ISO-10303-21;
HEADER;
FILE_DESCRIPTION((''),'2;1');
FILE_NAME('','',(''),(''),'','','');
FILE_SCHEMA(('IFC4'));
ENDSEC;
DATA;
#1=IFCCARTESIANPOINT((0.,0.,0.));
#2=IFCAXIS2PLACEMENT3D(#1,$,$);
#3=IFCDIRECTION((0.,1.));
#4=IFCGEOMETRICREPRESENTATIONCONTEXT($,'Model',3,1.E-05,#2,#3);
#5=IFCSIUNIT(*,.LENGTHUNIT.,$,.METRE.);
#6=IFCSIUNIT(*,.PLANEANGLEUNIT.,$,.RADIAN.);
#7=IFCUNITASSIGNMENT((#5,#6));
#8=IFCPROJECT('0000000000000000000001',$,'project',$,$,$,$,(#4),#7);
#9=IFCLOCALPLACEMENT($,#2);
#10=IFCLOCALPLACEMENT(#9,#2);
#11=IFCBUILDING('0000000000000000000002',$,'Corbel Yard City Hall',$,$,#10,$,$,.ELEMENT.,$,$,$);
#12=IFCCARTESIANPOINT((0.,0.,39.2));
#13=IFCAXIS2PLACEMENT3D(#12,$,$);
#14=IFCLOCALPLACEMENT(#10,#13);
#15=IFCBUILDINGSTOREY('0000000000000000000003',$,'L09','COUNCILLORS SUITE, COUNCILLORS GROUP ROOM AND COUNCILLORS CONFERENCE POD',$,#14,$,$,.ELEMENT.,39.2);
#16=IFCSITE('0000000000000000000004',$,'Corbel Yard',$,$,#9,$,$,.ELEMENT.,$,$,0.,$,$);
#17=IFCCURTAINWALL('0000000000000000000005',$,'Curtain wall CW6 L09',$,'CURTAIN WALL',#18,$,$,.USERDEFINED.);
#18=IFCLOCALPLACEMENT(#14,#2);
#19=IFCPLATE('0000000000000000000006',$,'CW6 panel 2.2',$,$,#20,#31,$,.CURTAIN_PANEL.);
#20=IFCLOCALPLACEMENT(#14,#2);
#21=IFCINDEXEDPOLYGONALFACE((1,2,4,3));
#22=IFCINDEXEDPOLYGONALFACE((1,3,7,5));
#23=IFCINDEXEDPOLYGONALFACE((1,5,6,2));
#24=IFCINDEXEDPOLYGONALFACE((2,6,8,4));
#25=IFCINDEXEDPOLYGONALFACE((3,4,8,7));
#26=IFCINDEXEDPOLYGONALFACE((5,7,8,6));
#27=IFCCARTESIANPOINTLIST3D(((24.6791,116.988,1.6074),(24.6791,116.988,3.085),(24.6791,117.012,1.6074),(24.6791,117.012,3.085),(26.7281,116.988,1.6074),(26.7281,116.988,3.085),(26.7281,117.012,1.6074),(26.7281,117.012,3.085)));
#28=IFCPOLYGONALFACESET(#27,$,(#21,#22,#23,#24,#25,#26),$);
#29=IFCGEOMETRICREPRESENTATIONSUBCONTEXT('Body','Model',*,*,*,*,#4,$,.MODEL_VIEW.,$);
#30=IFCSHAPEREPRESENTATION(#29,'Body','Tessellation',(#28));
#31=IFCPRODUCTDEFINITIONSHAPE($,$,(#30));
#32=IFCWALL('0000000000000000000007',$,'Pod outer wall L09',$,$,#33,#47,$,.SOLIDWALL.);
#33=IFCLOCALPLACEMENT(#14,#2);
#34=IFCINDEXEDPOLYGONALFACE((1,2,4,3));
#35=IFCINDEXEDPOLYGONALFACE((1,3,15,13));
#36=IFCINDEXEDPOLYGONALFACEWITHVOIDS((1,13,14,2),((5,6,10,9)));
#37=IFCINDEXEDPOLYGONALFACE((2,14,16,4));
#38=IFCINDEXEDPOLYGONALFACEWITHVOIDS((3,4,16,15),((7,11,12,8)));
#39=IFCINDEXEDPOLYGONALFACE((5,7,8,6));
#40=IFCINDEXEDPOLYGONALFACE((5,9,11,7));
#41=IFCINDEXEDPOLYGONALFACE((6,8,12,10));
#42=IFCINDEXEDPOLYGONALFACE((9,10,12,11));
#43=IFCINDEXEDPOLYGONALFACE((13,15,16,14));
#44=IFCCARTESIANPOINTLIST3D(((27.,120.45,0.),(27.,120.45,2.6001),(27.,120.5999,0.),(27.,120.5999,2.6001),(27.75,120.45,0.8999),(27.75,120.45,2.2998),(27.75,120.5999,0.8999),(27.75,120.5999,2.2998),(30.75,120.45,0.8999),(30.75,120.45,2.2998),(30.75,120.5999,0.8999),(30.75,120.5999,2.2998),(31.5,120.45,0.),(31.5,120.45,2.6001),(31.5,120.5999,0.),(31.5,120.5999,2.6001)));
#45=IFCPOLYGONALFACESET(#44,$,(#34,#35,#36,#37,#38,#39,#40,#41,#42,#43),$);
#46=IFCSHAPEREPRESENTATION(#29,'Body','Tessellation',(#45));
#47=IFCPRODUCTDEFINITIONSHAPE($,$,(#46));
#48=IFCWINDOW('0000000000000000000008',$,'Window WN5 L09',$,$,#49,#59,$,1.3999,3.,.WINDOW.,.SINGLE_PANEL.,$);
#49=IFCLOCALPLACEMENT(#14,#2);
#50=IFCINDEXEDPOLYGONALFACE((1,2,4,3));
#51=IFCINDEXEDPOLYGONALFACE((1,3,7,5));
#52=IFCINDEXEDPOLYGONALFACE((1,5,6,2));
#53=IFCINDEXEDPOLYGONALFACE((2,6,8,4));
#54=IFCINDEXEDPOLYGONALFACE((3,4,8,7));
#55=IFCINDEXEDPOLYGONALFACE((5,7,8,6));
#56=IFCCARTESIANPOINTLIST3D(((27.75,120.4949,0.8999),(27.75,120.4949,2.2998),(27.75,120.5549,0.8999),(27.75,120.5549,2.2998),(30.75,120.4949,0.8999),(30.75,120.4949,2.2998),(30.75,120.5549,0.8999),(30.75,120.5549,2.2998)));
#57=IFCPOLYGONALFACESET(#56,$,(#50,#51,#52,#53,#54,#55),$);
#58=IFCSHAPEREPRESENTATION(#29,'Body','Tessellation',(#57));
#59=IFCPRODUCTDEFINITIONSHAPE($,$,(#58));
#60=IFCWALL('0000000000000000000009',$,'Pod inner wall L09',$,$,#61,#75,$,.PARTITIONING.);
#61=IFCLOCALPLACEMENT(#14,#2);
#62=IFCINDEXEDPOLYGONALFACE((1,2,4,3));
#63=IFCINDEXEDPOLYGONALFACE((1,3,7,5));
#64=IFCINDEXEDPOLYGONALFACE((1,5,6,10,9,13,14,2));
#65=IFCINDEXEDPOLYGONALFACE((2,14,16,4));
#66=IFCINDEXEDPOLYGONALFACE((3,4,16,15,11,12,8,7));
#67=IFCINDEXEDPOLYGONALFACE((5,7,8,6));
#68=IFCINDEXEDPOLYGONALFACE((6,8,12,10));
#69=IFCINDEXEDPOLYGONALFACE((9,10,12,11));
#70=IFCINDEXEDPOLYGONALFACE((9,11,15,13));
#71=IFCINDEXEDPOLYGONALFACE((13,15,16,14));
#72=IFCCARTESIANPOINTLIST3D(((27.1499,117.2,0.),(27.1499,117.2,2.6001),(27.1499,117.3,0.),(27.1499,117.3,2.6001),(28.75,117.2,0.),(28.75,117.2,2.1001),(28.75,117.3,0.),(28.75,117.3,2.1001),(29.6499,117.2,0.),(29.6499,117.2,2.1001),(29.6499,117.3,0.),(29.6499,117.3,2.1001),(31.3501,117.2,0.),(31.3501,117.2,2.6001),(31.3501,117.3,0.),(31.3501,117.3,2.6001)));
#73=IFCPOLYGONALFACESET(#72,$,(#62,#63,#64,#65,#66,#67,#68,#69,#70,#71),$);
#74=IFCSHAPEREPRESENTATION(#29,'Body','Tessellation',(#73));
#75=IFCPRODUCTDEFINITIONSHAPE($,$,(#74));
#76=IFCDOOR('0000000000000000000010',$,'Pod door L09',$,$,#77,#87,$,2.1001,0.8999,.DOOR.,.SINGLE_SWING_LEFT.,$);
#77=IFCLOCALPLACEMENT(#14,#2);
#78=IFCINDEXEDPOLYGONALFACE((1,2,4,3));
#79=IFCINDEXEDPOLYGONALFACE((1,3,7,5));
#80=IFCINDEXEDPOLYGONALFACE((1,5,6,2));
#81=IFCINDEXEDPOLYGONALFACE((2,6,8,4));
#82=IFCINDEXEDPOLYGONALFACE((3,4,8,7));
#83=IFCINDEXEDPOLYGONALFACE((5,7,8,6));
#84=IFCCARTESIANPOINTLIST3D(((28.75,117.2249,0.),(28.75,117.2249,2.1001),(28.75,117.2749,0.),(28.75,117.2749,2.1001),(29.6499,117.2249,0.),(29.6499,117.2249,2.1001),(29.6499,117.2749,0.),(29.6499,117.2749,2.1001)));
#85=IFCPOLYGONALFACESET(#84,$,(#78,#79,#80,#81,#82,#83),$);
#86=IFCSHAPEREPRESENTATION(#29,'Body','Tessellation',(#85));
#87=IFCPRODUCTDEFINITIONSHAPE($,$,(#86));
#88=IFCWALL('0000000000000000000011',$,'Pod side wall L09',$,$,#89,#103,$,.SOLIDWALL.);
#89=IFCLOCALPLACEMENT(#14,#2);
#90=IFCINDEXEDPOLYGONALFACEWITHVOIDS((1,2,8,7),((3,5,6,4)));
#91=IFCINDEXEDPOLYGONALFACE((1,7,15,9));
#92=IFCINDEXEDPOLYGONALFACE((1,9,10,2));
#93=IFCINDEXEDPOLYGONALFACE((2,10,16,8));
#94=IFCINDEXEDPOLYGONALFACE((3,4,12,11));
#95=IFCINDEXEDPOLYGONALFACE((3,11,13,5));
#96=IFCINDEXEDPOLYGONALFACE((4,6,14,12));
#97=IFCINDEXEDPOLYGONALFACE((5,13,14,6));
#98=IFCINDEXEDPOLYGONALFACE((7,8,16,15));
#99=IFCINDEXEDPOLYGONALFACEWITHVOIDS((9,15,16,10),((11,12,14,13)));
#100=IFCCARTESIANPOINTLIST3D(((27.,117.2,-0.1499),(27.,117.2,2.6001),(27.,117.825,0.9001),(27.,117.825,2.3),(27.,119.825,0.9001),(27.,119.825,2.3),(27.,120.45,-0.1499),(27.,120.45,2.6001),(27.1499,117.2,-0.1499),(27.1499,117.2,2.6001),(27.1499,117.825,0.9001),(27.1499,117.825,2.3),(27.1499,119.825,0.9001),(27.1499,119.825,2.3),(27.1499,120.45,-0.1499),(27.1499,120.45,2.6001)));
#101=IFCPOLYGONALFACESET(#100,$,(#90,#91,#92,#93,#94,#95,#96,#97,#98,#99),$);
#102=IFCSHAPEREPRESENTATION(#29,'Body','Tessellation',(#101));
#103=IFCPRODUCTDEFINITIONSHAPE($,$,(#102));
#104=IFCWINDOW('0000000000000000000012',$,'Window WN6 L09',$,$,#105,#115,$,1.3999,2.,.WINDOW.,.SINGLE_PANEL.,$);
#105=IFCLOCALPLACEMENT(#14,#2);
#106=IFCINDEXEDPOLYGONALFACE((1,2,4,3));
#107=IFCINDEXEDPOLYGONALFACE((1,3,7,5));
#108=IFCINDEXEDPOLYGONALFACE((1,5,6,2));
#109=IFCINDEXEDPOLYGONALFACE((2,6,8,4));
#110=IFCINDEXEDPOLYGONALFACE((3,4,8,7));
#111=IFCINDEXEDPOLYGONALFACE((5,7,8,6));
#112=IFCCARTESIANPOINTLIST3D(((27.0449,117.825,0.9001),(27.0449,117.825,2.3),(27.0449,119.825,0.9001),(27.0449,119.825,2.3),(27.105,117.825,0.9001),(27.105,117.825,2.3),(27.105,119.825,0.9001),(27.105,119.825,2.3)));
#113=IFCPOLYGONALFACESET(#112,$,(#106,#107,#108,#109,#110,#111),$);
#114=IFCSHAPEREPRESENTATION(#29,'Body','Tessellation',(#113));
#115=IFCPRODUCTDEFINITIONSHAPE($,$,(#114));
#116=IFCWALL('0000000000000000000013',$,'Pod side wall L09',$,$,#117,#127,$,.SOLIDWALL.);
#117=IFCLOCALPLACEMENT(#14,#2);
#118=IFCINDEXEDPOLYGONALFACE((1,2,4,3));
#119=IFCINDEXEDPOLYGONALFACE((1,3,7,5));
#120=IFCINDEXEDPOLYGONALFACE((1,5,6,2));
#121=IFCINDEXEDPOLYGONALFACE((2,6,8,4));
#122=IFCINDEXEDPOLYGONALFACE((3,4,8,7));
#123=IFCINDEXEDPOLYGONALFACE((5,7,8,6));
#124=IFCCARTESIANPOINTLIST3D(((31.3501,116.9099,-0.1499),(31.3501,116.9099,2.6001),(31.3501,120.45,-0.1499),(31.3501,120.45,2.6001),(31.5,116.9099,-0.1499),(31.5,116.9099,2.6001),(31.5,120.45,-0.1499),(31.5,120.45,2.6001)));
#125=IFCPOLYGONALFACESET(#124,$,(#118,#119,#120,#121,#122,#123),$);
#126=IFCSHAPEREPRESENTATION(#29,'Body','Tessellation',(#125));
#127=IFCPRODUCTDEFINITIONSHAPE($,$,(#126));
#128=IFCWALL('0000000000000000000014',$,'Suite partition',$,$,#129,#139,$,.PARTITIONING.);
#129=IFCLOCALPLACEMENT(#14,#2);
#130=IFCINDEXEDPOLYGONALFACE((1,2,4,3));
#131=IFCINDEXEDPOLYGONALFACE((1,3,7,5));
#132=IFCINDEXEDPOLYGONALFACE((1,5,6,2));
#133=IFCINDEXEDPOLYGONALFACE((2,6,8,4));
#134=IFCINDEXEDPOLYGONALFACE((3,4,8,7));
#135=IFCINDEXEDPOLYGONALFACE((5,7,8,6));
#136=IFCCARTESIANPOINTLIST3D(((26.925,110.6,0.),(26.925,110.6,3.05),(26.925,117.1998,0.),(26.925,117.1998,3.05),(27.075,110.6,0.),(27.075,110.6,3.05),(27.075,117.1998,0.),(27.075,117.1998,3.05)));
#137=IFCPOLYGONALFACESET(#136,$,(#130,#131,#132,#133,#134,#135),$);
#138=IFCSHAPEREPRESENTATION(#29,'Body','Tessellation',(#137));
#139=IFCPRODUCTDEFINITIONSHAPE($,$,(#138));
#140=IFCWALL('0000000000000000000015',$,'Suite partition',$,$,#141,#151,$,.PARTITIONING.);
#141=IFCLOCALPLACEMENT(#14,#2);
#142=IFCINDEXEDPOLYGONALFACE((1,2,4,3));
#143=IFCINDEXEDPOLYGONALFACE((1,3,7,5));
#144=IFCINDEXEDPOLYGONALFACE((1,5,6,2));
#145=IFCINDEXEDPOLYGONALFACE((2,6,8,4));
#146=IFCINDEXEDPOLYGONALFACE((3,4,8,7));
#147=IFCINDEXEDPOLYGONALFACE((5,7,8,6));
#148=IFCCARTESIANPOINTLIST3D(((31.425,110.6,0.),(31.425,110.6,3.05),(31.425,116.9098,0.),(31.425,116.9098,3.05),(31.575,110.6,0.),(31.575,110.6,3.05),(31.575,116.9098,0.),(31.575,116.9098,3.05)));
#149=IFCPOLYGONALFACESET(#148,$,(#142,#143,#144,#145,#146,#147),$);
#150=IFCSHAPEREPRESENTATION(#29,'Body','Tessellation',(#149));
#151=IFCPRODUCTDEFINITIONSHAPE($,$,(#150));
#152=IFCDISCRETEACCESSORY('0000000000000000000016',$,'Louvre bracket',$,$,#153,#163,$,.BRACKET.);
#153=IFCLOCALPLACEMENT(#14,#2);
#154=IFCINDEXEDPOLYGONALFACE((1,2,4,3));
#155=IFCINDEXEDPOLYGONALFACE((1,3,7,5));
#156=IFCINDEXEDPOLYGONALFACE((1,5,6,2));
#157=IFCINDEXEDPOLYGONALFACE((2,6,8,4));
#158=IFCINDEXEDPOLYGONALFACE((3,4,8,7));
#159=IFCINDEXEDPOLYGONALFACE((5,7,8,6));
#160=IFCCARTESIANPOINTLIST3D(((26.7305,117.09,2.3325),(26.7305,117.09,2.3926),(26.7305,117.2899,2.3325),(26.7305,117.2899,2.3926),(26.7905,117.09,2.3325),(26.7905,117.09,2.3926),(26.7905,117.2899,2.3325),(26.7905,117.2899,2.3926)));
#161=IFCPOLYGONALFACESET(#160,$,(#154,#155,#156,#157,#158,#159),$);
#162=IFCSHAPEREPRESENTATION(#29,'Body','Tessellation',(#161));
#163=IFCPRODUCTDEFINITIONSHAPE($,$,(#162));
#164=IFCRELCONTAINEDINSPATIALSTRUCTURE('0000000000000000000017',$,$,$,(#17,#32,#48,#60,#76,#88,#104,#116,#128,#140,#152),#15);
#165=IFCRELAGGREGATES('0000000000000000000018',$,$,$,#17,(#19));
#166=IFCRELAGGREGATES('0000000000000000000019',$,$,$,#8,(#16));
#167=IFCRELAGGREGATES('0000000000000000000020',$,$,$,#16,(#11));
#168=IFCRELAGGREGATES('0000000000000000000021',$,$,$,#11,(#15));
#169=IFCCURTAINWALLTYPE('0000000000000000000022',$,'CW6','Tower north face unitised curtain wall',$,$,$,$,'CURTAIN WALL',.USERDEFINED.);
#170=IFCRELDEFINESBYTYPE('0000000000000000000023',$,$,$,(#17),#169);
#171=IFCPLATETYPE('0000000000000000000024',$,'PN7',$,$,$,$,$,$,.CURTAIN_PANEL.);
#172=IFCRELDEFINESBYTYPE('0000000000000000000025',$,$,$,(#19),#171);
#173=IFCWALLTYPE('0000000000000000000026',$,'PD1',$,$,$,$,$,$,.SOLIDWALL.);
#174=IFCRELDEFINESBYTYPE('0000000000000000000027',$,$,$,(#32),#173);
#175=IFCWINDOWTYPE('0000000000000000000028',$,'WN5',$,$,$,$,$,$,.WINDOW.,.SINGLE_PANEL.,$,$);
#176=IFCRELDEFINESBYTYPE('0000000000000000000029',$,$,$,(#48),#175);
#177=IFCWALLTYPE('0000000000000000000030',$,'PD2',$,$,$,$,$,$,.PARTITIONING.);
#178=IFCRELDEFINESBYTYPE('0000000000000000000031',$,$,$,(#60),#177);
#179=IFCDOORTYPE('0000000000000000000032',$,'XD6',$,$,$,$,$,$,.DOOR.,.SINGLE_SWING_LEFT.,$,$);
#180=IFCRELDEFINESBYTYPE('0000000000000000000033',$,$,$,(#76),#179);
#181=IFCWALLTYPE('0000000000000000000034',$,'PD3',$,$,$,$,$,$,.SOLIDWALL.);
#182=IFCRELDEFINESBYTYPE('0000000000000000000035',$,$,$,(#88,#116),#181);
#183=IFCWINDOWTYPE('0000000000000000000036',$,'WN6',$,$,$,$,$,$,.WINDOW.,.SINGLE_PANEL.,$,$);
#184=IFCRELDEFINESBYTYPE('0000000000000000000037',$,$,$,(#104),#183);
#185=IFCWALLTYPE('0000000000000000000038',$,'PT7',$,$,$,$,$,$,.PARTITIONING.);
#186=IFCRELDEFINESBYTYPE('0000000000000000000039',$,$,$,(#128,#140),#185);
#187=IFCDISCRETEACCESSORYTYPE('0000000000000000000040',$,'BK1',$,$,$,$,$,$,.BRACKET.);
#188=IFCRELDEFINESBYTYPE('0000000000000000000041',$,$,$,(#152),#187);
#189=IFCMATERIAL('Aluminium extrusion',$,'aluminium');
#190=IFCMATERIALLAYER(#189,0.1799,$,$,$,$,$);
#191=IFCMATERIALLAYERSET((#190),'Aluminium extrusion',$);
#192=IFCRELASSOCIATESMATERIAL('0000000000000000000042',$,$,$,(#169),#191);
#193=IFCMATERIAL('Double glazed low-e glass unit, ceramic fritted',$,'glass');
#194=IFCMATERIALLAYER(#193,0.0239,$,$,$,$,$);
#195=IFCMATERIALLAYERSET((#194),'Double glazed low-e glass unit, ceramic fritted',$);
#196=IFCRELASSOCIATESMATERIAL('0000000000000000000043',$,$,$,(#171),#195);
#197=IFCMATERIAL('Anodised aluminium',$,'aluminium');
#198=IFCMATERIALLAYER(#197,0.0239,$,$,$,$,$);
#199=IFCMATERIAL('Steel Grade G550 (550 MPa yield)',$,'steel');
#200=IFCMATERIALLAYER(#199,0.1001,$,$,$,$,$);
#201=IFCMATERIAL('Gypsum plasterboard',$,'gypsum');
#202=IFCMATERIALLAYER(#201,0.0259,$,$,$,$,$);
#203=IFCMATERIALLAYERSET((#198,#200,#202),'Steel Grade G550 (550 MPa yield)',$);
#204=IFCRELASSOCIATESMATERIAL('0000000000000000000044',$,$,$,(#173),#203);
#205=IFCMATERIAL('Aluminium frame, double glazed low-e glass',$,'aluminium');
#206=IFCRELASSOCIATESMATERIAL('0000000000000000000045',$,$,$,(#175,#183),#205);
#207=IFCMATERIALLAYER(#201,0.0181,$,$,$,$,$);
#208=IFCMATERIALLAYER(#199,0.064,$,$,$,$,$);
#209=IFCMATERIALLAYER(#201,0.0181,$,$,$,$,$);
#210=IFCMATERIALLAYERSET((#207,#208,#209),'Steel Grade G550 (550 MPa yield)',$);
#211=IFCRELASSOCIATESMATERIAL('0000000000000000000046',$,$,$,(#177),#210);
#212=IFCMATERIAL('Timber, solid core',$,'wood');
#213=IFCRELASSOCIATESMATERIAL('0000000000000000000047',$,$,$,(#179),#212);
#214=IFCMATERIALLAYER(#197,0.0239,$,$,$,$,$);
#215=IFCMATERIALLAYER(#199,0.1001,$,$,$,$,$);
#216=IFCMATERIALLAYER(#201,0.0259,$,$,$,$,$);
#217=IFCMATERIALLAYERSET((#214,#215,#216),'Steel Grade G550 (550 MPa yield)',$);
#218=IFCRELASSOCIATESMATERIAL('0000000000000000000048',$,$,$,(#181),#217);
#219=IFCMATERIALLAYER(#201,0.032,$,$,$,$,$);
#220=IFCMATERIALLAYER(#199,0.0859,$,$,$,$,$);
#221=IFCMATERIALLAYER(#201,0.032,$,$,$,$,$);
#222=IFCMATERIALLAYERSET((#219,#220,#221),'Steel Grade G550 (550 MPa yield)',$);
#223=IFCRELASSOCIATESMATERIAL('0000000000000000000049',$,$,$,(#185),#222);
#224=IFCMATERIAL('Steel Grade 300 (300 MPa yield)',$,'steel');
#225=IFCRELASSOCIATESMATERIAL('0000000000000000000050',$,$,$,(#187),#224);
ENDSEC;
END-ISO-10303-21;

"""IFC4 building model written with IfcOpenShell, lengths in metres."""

from ifc_helpers import new_model, si_unit, direction, frame, frame_2d, origin, origin_2d, place, context, subcontext, project, spatial, rectangle, extrude, material, layer, layer_set, type_object, element, fill, aggregate, save


model = new_model("IFC4")

# Units and contexts
model_context = context("Model", 3, precision=1e-05, world=origin(), true_north=direction((0.0, 1.0)))
body_context = subcontext(model_context, "Body", "Model", "MODEL_VIEW")
ifc_project = project(units=[si_unit("LENGTHUNIT", "METRE"), si_unit("PLANEANGLEUNIT", "RADIAN")], contexts=[model_context])

# Site, building, storey
site_placement = place(None, origin())
site = spatial("IfcSite", under=ifc_project, at=site_placement, Name="Corbel Yard", CompositionType="ELEMENT", RefElevation=0.0)
building_placement = place(site_placement, origin())
building = spatial("IfcBuilding", under=site, at=building_placement, Name="Corbel Yard City Hall", CompositionType="ELEMENT")
storey_placement = place(building_placement, frame((0.0, 0.0, 39.2)))
storey = spatial("IfcBuildingStorey", under=building, at=storey_placement, Name="L09", Description="COUNCILLORS SUITE, COUNCILLORS GROUP ROOM AND COUNCILLORS CONFERENCE POD", CompositionType="ELEMENT", Elevation=39.2)

# Curtain wall
ifc_material_1 = material(Name="Aluminium extrusion", Category="aluminium")
ifc_layer_1 = layer(ifc_material_1, 0.1799)
ifc_layer_set_1 = layer_set([ifc_layer_1], Name="Aluminium extrusion")
curtain_wall_type = type_object("IfcCurtainWallType", Name="CW6", Description="Tower north face unitised curtain wall", ElementType="CURTAIN WALL", PredefinedType="USERDEFINED", material=ifc_layer_set_1)
curtain_wall_1_placement = place(storey_placement, origin())
curtain_wall_1 = element("IfcCurtainWall", 1, at=curtain_wall_1_placement, inside=storey, type_object=curtain_wall_type, Name="Curtain wall CW6 L09", ObjectType="CURTAIN WALL", PredefinedType="USERDEFINED")

# Shared definitions
ifc_material_2 = material(Name="Steel Grade 300 (300 MPa yield)", Category="steel")

# Plate
ifc_material_3 = material(Name="Double glazed low-e glass unit, ceramic fritted", Category="glass")
ifc_layer_2 = layer(ifc_material_3, 0.0239)
ifc_layer_set_2 = layer_set([ifc_layer_2], Name="Double glazed low-e glass unit, ceramic fritted")
plate_type = type_object("IfcPlateType", Name="PN7", PredefinedType="CURTAIN_PANEL", material=ifc_layer_set_2)
plate_1_placement = place(storey_placement, frame((25.7036, 117.0, 1.6074), z_axis=(0.0, 0.0, 1.0), x_axis=(1.0, 0.0, 0.0)))
plate_1 = element("IfcPlate", 2, at=plate_1_placement, type_object=plate_type, Name="CW6 panel 2.2", PredefinedType="CURTAIN_PANEL", context=body_context, shape_type="SweptSolid", body=[
    extrude(rectangle(XDim=2.0491, YDim=0.0239, at=origin_2d()), origin(), (0.0, 0.0, 1.0), 1.4775),
])
aggregate(curtain_wall_1, [plate_1])

# Wall, opening, window
ifc_material_4 = material(Name="Anodised aluminium", Category="aluminium")
ifc_layer_3 = layer(ifc_material_4, 0.0239)
ifc_material_5 = material(Name="Steel Grade G550 (550 MPa yield)", Category="steel")
ifc_layer_4 = layer(ifc_material_5, 0.1001)
ifc_material_6 = material(Name="Gypsum plasterboard", Category="gypsum")
ifc_layer_5 = layer(ifc_material_6, 0.0259)
ifc_layer_set_3 = layer_set([ifc_layer_3, ifc_layer_4, ifc_layer_5], Name="Steel Grade G550 (550 MPa yield)")
wall_type_1 = type_object("IfcWallType", Name="PD1", PredefinedType="SOLIDWALL", material=ifc_layer_set_3)
wall_1_placement = place(storey_placement, frame((27.0, 120.5249, 0.0), z_axis=(0.0, 0.0, 1.0), x_axis=(1.0, 0.0, 0.0)))
wall_1 = element("IfcWall", 3, at=wall_1_placement, inside=storey, type_object=wall_type_1, Name="Pod outer wall L09", PredefinedType="SOLIDWALL", context=body_context, shape_type="SweptSolid", body=[
    extrude(rectangle(XDim=4.5, YDim=0.1499, at=frame_2d((2.25, 0.0))), origin(), (0.0, 0.0, 1.0), 2.6001),
])
opening_1_placement = place(wall_1_placement, frame((0.75, 0.0, 0.8999)))
opening_1 = element("IfcOpeningElement", 4, at=opening_1_placement, cuts=wall_1, PredefinedType="OPENING", context=body_context, shape_type="SweptSolid", body=[
    extrude(rectangle(XDim=3.0, YDim=1.3999, at=frame_2d((1.5, 0.7))), frame((0.0, 0.085, 0.0), z_axis=(0.0, -1.0, 0.0), x_axis=(1.0, 0.0, 0.0)), (0.0, 0.0, 1.0), 0.1699),
])
ifc_material_7 = material(Name="Aluminium frame, double glazed low-e glass", Category="aluminium")
window_type_1 = type_object("IfcWindowType", Name="WN5", PartitioningType="SINGLE_PANEL", PredefinedType="WINDOW", material=ifc_material_7)
window_1_placement = place(opening_1_placement, origin())
window_1 = element("IfcWindow", 5, at=window_1_placement, inside=storey, type_object=window_type_1, Name="Window WN5 L09", OverallHeight=1.3999, OverallWidth=3.0, PartitioningType="SINGLE_PANEL", PredefinedType="WINDOW", context=body_context, shape_type="SweptSolid", body=[
    extrude(rectangle(XDim=3.0, YDim=1.3999, at=frame_2d((1.5, 0.7))), frame((0.0, 0.03, 0.0), z_axis=(0.0, -1.0, 0.0), x_axis=(1.0, 0.0, 0.0)), (0.0, 0.0, 1.0), 0.0601),
])
fill(opening_1, window_1)

# Wall, opening, door
ifc_layer_6 = layer(ifc_material_6, 0.0181)
ifc_layer_7 = layer(ifc_material_5, 0.064)
ifc_layer_8 = layer(ifc_material_6, 0.0181)
ifc_layer_set_4 = layer_set([ifc_layer_6, ifc_layer_7, ifc_layer_8], Name="Steel Grade G550 (550 MPa yield)")
wall_type_2 = type_object("IfcWallType", Name="PD2", PredefinedType="PARTITIONING", material=ifc_layer_set_4)
wall_2_placement = place(storey_placement, frame((27.1499, 117.25, 0.0), z_axis=(0.0, 0.0, 1.0), x_axis=(1.0, 0.0, 0.0)))
wall_2 = element("IfcWall", 6, at=wall_2_placement, inside=storey, type_object=wall_type_2, Name="Pod inner wall L09", PredefinedType="PARTITIONING", context=body_context, shape_type="SweptSolid", body=[
    extrude(rectangle(XDim=4.2002, YDim=0.1001, at=frame_2d((2.1001, 0.0))), origin(), (0.0, 0.0, 1.0), 2.6001),
])
opening_2_placement = place(wall_2_placement, frame((1.6001, 0.0, 0.0)))
opening_2 = element("IfcOpeningElement", 7, at=opening_2_placement, cuts=wall_2, PredefinedType="OPENING", context=body_context, shape_type="SweptSolid", body=[
    extrude(rectangle(XDim=0.8999, YDim=2.1001, at=frame_2d((0.45, 1.05))), frame((0.0, 0.0601, 0.0), z_axis=(0.0, -1.0, 0.0), x_axis=(1.0, 0.0, 0.0)), (0.0, 0.0, 1.0), 0.1201),
])
ifc_material_8 = material(Name="Timber, solid core", Category="wood")
door_type = type_object("IfcDoorType", Name="XD6", OperationType="SINGLE_SWING_LEFT", PredefinedType="DOOR", material=ifc_material_8)
door_placement = place(opening_2_placement, origin())
door = element("IfcDoor", 8, at=door_placement, inside=storey, type_object=door_type, Name="Pod door L09", OperationType="SINGLE_SWING_LEFT", OverallHeight=2.1001, OverallWidth=0.8999, PredefinedType="DOOR", context=body_context, shape_type="SweptSolid", body=[
    extrude(rectangle(XDim=0.8999, YDim=2.1001, at=frame_2d((0.45, 1.05))), frame((0.0, 0.0249, 0.0), z_axis=(0.0, -1.0, 0.0), x_axis=(1.0, 0.0, 0.0)), (0.0, 0.0, 1.0), 0.05),
])
fill(opening_2, door)

# Wall, opening, window
ifc_layer_9 = layer(ifc_material_4, 0.0239)
ifc_layer_10 = layer(ifc_material_5, 0.1001)
ifc_layer_11 = layer(ifc_material_6, 0.0259)
ifc_layer_set_5 = layer_set([ifc_layer_9, ifc_layer_10, ifc_layer_11], Name="Steel Grade G550 (550 MPa yield)")
wall_type_3 = type_object("IfcWallType", Name="PD3", PredefinedType="SOLIDWALL", material=ifc_layer_set_5)
wall_3_placement = place(storey_placement, frame((27.075, 120.45, -0.1499), z_axis=(0.0, 0.0, 1.0), x_axis=(0.0, -1.0, 0.0)))
wall_3 = element("IfcWall", 9, at=wall_3_placement, inside=storey, type_object=wall_type_3, Name="Pod side wall L09", PredefinedType="SOLIDWALL", context=body_context, shape_type="SweptSolid", body=[
    extrude(rectangle(XDim=3.25, YDim=0.1499, at=frame_2d((1.625, 0.0))), origin(), (0.0, 0.0, 1.0), 2.75),
])
opening_3_placement = place(wall_3_placement, frame((0.625, 0.0, 1.05)))
opening_3 = element("IfcOpeningElement", 10, at=opening_3_placement, cuts=wall_3, PredefinedType="OPENING", context=body_context, shape_type="SweptSolid", body=[
    extrude(rectangle(XDim=2.0, YDim=1.3999, at=frame_2d((1.0, 0.7))), frame((0.0, 0.085, 0.0), z_axis=(0.0, -1.0, 0.0), x_axis=(1.0, 0.0, 0.0)), (0.0, 0.0, 1.0), 0.1699),
])
window_type_2 = type_object("IfcWindowType", Name="WN6", PartitioningType="SINGLE_PANEL", PredefinedType="WINDOW", material=ifc_material_7)
window_2_placement = place(opening_3_placement, origin())
window_2 = element("IfcWindow", 11, at=window_2_placement, inside=storey, type_object=window_type_2, Name="Window WN6 L09", OverallHeight=1.3999, OverallWidth=2.0, PartitioningType="SINGLE_PANEL", PredefinedType="WINDOW", context=body_context, shape_type="SweptSolid", body=[
    extrude(rectangle(XDim=2.0, YDim=1.3999, at=frame_2d((1.0, 0.7))), frame((0.0, 0.03, 0.0), z_axis=(0.0, -1.0, 0.0), x_axis=(1.0, 0.0, 0.0)), (0.0, 0.0, 1.0), 0.0601),
])
fill(opening_3, window_2)

# Walls
wall_4_placement = place(storey_placement, frame((31.425, 120.45, -0.1499), z_axis=(0.0, 0.0, 1.0), x_axis=(0.0, -1.0, 0.0)))
element("IfcWall", 12, at=wall_4_placement, inside=storey, type_object=wall_type_3, Name="Pod side wall L09", PredefinedType="SOLIDWALL", context=body_context, shape_type="SweptSolid", body=[
    extrude(rectangle(XDim=3.54, YDim=0.1499, at=frame_2d((1.77, 0.0))), origin(), (0.0, 0.0, 1.0), 2.75),
])
ifc_layer_12 = layer(ifc_material_6, 0.032)
ifc_layer_13 = layer(ifc_material_5, 0.0859)
ifc_layer_14 = layer(ifc_material_6, 0.032)
ifc_layer_set_6 = layer_set([ifc_layer_12, ifc_layer_13, ifc_layer_14], Name="Steel Grade G550 (550 MPa yield)")
wall_type_4 = type_object("IfcWallType", Name="PT7", PredefinedType="PARTITIONING", material=ifc_layer_set_6)
wall_5_placement = place(storey_placement, frame((27.0, 110.6001, 0.0), z_axis=(0.0, 0.0, 1.0), x_axis=(0.0, 1.0, 0.0)))
element("IfcWall", 13, at=wall_5_placement, inside=storey, type_object=wall_type_4, Name="Suite partition", PredefinedType="PARTITIONING", context=body_context, shape_type="SweptSolid", body=[
    extrude(rectangle(XDim=6.5999, YDim=0.1499, at=frame_2d((3.2998, 0.0))), origin(), (0.0, 0.0, 1.0), 3.05),
])
wall_6_placement = place(storey_placement, frame((31.5, 110.6001, 0.0), z_axis=(0.0, 0.0, 1.0), x_axis=(0.0, 1.0, 0.0)))
element("IfcWall", 14, at=wall_6_placement, inside=storey, type_object=wall_type_4, Name="Suite partition", PredefinedType="PARTITIONING", context=body_context, shape_type="SweptSolid", body=[
    extrude(rectangle(XDim=6.3098, YDim=0.1499, at=frame_2d((3.1548, 0.0))), origin(), (0.0, 0.0, 1.0), 3.05),
])

# Discrete accessory
discrete_accessory_type = type_object("IfcDiscreteAccessoryType", Name="BK1", PredefinedType="BRACKET", material=ifc_material_2)
discrete_accessory_placement = place(storey_placement, frame((26.7605, 117.1899, 2.3325), z_axis=(0.0, 0.0, 1.0), x_axis=(1.0, 0.0, 0.0)))
element("IfcDiscreteAccessory", 15, at=discrete_accessory_placement, inside=storey, type_object=discrete_accessory_type, Name="Louvre bracket", PredefinedType="BRACKET", context=body_context, shape_type="SweptSolid", body=[
    extrude(rectangle(XDim=0.0601, YDim=0.2, at=origin_2d()), origin(), (0.0, 0.0, 1.0), 0.0601),
])

save(model, "model.ifc")
